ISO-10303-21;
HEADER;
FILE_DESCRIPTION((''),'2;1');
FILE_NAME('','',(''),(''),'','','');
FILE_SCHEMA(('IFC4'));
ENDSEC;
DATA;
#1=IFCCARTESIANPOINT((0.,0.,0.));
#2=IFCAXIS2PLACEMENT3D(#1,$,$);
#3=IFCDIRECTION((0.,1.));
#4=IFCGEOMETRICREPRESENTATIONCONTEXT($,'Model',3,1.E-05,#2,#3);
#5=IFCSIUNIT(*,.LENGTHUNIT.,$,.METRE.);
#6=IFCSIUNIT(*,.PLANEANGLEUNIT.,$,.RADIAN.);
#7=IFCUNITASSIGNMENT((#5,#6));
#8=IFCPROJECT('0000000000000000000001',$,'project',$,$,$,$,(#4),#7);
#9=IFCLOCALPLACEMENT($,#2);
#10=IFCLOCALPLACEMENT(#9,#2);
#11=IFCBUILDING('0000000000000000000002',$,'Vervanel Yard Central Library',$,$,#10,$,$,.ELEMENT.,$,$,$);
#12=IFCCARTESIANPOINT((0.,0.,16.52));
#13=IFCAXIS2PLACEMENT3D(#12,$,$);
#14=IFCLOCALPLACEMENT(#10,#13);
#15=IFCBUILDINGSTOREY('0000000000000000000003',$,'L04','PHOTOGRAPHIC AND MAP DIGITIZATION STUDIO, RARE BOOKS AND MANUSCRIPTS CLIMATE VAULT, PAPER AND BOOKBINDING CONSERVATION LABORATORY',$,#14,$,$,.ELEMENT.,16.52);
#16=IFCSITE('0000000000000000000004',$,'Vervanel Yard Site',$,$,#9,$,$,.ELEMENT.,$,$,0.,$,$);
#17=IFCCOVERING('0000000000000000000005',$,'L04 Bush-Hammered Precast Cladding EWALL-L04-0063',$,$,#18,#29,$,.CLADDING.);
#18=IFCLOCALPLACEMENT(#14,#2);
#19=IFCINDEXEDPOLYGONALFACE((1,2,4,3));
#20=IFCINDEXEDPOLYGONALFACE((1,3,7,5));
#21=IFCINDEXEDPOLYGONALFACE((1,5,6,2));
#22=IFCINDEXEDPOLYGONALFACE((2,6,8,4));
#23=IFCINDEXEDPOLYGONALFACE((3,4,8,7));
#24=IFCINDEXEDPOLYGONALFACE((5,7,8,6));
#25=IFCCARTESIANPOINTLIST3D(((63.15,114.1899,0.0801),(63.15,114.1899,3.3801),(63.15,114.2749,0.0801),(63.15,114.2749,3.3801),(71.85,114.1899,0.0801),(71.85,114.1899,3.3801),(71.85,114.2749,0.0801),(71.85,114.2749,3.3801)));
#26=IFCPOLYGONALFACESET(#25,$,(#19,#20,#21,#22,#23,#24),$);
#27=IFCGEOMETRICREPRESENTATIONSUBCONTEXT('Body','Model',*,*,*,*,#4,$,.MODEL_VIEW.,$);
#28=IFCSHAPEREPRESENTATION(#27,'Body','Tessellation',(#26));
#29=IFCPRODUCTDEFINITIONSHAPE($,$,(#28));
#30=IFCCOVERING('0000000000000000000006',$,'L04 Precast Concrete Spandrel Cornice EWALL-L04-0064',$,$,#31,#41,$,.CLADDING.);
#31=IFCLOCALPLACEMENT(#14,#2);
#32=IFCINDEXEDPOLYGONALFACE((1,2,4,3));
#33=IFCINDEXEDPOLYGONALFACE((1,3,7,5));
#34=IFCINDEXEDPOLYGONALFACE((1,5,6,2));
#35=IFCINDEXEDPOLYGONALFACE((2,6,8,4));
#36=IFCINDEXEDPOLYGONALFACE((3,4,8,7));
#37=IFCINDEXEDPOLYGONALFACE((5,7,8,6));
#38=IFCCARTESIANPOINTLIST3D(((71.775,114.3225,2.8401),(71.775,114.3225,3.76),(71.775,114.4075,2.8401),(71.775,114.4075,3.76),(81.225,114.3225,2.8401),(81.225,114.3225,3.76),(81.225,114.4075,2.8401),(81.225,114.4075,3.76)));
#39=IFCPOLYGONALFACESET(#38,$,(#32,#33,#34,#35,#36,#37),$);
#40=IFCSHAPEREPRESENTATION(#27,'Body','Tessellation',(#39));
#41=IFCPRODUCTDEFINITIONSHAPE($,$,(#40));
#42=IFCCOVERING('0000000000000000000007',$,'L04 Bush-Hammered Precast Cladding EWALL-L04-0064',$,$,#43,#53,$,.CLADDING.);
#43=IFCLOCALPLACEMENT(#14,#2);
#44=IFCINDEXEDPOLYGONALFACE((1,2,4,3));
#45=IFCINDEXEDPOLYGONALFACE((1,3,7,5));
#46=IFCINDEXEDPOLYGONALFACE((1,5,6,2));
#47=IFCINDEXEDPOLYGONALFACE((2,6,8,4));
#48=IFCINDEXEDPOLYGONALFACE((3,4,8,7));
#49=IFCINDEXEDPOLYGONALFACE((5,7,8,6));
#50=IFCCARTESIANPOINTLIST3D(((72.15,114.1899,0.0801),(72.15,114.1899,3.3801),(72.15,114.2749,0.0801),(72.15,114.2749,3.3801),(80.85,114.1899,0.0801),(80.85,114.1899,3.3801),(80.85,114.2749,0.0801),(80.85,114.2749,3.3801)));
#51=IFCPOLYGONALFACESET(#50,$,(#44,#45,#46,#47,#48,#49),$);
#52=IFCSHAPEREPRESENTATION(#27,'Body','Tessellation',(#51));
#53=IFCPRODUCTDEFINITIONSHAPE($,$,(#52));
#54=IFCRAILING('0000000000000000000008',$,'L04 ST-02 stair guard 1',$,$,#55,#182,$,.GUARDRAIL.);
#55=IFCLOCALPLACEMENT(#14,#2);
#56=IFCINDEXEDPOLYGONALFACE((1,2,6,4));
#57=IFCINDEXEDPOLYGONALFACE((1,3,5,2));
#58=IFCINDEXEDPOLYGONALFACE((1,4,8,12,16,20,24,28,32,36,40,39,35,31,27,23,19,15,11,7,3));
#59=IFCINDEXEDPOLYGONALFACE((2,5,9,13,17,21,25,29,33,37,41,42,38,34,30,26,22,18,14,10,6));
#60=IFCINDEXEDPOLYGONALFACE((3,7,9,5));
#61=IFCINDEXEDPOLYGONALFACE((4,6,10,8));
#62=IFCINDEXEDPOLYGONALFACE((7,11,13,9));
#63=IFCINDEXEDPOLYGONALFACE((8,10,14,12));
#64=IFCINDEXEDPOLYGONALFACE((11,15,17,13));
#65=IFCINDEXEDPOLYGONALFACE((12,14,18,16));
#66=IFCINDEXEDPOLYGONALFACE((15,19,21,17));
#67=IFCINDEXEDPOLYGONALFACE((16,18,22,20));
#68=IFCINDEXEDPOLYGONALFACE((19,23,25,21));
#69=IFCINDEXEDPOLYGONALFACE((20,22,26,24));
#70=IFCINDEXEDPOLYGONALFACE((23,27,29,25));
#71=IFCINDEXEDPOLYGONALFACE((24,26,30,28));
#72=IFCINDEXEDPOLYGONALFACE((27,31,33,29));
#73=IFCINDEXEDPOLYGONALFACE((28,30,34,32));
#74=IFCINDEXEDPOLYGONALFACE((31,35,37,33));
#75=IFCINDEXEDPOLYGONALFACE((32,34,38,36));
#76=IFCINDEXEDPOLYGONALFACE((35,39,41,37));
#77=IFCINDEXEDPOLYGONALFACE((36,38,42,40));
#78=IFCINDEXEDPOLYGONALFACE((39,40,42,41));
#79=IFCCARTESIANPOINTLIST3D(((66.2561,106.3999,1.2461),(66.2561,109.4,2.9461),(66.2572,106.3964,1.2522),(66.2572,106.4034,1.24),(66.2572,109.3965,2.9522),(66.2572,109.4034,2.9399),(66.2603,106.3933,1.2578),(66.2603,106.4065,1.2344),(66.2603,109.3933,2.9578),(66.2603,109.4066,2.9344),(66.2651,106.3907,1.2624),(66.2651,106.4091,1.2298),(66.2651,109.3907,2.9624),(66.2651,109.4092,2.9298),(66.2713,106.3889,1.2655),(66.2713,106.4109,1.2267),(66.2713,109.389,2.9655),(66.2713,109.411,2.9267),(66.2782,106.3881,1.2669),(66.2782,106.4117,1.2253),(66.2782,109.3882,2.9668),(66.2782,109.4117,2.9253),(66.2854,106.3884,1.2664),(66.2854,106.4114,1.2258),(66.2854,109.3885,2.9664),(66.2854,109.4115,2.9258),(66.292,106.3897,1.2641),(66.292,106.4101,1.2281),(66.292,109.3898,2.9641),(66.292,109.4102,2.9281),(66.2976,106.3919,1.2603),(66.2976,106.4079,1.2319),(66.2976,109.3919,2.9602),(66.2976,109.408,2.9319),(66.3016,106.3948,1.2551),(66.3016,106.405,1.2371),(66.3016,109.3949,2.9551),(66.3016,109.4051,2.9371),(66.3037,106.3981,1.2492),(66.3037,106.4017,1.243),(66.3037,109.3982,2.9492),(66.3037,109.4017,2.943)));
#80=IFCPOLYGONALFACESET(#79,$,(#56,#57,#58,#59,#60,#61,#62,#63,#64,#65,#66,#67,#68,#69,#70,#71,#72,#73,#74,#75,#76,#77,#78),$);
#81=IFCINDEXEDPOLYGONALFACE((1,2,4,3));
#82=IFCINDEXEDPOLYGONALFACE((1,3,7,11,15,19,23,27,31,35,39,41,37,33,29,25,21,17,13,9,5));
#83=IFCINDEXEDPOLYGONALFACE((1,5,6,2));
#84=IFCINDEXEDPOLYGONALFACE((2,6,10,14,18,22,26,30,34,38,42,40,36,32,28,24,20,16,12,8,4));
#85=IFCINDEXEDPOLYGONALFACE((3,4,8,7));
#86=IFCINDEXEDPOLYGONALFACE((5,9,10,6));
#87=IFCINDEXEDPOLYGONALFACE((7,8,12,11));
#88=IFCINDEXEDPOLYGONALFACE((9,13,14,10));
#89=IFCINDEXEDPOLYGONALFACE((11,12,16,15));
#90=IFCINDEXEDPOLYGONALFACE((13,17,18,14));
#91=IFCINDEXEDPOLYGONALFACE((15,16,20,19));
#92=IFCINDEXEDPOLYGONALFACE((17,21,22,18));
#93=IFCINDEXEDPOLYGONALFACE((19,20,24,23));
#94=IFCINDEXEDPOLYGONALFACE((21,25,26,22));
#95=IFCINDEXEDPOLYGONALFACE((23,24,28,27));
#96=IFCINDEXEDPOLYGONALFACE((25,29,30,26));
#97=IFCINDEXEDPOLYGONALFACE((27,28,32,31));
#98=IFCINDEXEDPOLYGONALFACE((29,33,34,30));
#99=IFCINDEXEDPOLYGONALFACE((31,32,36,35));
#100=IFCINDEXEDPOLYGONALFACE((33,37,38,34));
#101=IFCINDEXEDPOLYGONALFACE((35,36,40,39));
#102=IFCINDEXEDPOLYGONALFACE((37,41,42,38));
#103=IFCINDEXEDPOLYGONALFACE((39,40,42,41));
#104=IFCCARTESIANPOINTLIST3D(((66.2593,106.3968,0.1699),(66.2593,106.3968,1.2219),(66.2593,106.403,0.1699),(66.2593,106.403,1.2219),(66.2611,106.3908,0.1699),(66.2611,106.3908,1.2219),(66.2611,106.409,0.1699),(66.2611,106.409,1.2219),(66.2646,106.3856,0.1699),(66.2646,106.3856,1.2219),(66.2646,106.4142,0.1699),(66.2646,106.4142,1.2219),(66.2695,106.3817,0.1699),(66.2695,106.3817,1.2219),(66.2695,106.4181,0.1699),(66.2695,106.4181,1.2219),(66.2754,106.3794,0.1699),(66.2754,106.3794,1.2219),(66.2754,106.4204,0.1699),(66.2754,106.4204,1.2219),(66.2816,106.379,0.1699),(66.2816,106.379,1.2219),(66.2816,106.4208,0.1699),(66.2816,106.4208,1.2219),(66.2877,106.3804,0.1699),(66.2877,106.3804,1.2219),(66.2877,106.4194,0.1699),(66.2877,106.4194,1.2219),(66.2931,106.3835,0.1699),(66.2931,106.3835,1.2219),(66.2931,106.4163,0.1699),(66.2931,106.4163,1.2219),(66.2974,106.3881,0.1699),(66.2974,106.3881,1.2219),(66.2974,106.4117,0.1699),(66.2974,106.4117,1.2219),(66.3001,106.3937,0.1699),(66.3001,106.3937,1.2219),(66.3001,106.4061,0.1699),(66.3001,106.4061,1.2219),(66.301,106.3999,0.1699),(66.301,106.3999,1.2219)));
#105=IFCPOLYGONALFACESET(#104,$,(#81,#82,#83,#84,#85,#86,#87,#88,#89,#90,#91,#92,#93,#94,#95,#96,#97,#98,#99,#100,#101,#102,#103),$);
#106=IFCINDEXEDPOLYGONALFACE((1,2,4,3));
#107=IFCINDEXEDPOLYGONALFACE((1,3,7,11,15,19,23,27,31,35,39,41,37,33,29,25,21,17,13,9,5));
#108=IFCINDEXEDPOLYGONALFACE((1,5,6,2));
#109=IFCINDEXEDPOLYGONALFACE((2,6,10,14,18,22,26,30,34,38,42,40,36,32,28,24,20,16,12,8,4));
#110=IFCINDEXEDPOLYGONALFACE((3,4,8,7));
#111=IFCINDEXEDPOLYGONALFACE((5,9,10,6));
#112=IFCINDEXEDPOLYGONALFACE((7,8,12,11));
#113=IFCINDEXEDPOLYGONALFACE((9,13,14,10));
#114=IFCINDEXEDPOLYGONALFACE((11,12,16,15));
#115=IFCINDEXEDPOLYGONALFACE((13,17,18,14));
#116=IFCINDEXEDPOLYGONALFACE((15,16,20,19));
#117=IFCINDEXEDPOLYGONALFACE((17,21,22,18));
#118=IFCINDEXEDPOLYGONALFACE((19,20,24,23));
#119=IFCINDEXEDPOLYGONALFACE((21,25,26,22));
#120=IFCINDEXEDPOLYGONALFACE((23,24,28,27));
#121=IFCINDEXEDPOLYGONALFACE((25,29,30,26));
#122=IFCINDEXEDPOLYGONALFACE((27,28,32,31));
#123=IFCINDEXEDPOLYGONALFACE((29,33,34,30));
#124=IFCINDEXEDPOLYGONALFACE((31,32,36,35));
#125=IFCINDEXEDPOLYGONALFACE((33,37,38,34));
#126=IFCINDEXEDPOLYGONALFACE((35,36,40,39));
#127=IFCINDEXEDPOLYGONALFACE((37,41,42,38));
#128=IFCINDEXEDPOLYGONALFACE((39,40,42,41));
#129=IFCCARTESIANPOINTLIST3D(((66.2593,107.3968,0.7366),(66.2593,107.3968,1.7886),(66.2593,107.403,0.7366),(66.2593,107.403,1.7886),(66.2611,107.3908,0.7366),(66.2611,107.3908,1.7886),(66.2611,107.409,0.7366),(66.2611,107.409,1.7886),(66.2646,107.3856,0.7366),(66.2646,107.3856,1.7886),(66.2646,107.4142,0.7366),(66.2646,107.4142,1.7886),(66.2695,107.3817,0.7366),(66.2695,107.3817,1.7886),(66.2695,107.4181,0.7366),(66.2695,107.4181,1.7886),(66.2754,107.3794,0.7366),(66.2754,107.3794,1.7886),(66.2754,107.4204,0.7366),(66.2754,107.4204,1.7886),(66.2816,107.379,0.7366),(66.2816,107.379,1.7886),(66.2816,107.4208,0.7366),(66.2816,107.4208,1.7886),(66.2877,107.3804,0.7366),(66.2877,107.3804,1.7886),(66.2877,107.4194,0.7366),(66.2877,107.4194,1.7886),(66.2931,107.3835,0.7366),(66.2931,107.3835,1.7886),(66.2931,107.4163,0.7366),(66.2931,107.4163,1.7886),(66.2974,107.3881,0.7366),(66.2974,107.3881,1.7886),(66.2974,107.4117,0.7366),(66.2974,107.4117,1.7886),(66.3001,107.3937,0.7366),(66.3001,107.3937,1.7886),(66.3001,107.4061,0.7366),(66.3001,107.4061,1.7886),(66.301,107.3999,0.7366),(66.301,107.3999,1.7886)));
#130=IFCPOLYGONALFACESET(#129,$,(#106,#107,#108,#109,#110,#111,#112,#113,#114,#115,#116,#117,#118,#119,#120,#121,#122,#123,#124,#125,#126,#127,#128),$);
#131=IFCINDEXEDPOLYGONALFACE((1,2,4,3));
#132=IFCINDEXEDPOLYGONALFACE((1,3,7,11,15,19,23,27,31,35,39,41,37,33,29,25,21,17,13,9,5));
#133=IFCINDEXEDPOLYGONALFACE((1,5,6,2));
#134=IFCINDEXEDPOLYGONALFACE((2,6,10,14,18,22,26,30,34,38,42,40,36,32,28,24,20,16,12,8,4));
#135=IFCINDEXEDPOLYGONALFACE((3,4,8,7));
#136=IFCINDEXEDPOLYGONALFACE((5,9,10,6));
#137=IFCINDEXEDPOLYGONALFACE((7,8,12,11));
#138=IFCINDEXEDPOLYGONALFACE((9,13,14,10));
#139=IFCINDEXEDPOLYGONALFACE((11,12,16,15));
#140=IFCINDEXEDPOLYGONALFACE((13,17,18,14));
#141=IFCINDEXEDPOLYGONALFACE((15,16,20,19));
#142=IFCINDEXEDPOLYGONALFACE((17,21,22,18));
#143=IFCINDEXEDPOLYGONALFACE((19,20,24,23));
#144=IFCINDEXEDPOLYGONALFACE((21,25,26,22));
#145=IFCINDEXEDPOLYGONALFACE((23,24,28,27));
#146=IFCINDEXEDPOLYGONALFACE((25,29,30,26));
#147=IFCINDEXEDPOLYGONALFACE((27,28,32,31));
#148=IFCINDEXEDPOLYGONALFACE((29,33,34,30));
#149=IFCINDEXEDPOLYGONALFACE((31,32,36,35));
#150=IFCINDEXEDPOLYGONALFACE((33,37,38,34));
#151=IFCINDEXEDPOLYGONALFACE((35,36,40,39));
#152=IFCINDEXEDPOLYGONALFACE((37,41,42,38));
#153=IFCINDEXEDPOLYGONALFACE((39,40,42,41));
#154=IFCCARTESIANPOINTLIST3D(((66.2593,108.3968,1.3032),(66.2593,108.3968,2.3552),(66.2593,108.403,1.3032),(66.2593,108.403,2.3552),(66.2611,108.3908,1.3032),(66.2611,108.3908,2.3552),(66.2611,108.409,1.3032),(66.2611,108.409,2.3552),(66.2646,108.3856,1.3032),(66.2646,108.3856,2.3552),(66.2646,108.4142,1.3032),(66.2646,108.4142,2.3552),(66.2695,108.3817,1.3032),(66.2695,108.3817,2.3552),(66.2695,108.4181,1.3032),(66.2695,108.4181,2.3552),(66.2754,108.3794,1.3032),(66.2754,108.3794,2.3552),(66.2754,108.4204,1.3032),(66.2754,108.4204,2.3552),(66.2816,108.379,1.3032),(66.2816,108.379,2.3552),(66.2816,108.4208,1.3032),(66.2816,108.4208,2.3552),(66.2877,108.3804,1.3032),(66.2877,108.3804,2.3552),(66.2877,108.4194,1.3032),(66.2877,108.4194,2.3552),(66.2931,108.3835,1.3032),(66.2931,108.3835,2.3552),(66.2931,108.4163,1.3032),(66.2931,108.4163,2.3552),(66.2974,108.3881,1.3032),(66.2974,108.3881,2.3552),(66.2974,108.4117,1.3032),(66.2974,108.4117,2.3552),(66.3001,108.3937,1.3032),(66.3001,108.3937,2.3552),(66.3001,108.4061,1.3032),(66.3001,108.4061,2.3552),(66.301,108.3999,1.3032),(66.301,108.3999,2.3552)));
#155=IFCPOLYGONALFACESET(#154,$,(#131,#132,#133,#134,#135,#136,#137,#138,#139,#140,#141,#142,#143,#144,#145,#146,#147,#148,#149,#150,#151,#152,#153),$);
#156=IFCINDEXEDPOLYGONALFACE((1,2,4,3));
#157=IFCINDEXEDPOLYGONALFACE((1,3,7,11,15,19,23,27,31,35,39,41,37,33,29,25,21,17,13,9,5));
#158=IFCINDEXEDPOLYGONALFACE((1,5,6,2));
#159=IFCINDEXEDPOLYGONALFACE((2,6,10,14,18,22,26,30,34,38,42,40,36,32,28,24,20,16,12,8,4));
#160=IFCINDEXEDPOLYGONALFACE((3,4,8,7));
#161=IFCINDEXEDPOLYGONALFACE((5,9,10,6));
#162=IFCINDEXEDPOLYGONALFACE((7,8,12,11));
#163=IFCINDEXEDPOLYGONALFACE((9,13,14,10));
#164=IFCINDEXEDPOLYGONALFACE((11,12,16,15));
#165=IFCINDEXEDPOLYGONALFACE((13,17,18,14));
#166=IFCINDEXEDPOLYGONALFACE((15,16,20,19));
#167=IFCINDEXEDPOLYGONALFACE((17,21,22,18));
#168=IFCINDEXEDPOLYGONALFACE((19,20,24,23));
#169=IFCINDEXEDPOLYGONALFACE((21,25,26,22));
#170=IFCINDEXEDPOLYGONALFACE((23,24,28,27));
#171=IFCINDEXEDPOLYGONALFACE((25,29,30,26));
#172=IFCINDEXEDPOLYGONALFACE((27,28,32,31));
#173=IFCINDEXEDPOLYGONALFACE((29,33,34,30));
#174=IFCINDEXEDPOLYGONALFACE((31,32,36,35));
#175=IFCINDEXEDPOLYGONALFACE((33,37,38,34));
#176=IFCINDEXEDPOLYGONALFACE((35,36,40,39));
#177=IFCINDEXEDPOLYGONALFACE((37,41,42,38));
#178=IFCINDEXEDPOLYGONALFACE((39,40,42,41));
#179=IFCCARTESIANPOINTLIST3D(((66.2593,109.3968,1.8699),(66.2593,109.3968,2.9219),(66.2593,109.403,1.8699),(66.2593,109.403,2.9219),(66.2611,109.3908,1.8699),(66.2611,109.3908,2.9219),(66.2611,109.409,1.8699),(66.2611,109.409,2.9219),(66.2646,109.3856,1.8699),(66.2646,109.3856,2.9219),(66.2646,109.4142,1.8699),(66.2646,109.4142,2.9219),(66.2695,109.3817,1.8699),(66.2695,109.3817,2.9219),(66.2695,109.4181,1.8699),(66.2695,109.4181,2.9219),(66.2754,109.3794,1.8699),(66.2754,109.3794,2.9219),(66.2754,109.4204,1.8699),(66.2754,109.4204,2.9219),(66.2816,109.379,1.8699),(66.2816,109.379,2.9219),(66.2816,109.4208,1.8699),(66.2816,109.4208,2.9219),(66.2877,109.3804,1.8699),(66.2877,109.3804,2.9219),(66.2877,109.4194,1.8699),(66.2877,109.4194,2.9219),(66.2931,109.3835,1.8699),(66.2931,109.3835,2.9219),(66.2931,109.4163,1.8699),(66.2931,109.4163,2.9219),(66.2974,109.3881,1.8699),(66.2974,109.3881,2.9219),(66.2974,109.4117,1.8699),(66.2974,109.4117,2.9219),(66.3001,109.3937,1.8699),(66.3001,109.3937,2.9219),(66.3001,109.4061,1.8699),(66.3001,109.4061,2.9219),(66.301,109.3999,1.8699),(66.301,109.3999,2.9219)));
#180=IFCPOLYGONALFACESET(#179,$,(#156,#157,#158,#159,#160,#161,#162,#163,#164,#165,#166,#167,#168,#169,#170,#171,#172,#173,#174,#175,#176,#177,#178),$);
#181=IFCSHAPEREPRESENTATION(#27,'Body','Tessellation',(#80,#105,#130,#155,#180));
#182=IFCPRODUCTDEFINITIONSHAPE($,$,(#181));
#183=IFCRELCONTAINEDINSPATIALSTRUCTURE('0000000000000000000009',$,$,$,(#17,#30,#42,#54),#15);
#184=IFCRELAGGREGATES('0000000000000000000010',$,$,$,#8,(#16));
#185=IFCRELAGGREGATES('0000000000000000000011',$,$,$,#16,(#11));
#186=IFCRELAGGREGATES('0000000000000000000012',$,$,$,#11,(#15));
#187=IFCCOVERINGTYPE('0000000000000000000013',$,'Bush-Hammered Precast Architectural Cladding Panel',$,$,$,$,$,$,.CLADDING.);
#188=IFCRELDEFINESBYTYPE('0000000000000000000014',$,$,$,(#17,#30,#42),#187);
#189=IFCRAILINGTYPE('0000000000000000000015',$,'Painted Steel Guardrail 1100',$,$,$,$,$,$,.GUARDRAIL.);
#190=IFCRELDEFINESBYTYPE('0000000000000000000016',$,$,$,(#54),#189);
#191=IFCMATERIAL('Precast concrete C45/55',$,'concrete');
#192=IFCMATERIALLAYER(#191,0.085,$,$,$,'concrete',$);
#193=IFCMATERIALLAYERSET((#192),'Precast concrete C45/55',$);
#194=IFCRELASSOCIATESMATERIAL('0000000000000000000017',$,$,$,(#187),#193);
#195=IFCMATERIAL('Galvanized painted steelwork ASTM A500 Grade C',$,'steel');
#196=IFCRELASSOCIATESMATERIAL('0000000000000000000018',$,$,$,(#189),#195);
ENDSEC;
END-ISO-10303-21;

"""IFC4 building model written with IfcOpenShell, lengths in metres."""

from ifc_helpers import new_model, si_unit, direction, frame, origin, origin_2d, place, context, subcontext, project, spatial, rectangle, circle, extrude, material, layer, layer_set, type_object, element, save


model = new_model("IFC4")

# Units and contexts
model_context = context("Model", 3, precision=1e-05, world=origin(), true_north=direction((0.0, 1.0)))
body_context = subcontext(model_context, "Body", "Model", "MODEL_VIEW")
ifc_project = project(units=[si_unit("LENGTHUNIT", "METRE"), si_unit("PLANEANGLEUNIT", "RADIAN")], contexts=[model_context])

# Site, building, storey
site_placement = place(None, origin())
site = spatial("IfcSite", under=ifc_project, at=site_placement, Name="Vervanel Yard Site", CompositionType="ELEMENT", RefElevation=0.0)
building_placement = place(site_placement, origin())
building = spatial("IfcBuilding", under=site, at=building_placement, Name="Vervanel Yard Central Library", CompositionType="ELEMENT")
storey_placement = place(building_placement, frame((0.0, 0.0, 16.52)))
storey = spatial("IfcBuildingStorey", under=building, at=storey_placement, Name="L04", Description="PHOTOGRAPHIC AND MAP DIGITIZATION STUDIO, RARE BOOKS AND MANUSCRIPTS CLIMATE VAULT, PAPER AND BOOKBINDING CONSERVATION LABORATORY", CompositionType="ELEMENT", Elevation=16.52)

# Shared definitions
ifc_material_1 = material(Name="Galvanized painted steelwork ASTM A500 Grade C", Category="steel")

# Coverings
ifc_material_2 = material(Name="Precast concrete C45/55", Category="concrete")
ifc_layer_1 = layer(ifc_material_2, 0.085, Category="concrete")
ifc_layer_set_1 = layer_set([ifc_layer_1], Name="Precast concrete C45/55")
covering_type = type_object("IfcCoveringType", Name="Bush-Hammered Precast Architectural Cladding Panel", PredefinedType="CLADDING", material=ifc_layer_set_1)
covering_1_placement = place(storey_placement, frame((67.5, 114.2324, 0.0801), z_axis=(0.0, 0.0, 1.0), x_axis=(1.0, 0.0, 0.0)))
element("IfcCovering", 1, at=covering_1_placement, inside=storey, type_object=covering_type, Name="L04 Bush-Hammered Precast Cladding EWALL-L04-0063", PredefinedType="CLADDING", context=body_context, shape_type="SweptSolid", body=[
    extrude(rectangle(XDim=8.7, YDim=0.085, at=origin_2d()), origin(), (0.0, 0.0, 1.0), 3.3),
])
covering_2_placement = place(storey_placement, frame((76.5, 114.365, 2.8401), z_axis=(0.0, 0.0, 1.0), x_axis=(1.0, 0.0, 0.0)))
element("IfcCovering", 2, at=covering_2_placement, inside=storey, type_object=covering_type, Name="L04 Precast Concrete Spandrel Cornice EWALL-L04-0064", PredefinedType="CLADDING", context=body_context, shape_type="SweptSolid", body=[
    extrude(rectangle(XDim=9.45, YDim=0.085, at=origin_2d()), origin(), (0.0, 0.0, 1.0), 0.9199),
])
covering_3_placement = place(storey_placement, frame((76.5, 114.2324, 0.0801), z_axis=(0.0, 0.0, 1.0), x_axis=(1.0, 0.0, 0.0)))
element("IfcCovering", 3, at=covering_3_placement, inside=storey, type_object=covering_type, Name="L04 Bush-Hammered Precast Cladding EWALL-L04-0064", PredefinedType="CLADDING", context=body_context, shape_type="SweptSolid", body=[
    extrude(rectangle(XDim=8.7, YDim=0.085, at=origin_2d()), origin(), (0.0, 0.0, 1.0), 3.3),
])

# Railing
railing_type_1 = type_object("IfcRailingType", Name="Painted Steel Guardrail 1100", PredefinedType="GUARDRAIL", material=ifc_material_1)
railing_1_placement = place(storey_placement, frame((66.28, 106.3999, 0.1699)))
element("IfcRailing", 4, at=railing_1_placement, inside=storey, type_object=railing_type_1, Name="L04 ST-02 stair guard 1", PredefinedType="GUARDRAIL", context=body_context, shape_type="SweptSolid", body=[
    extrude(circle(Radius=0.0239, at=origin_2d()), frame((0.0, 0.0, 1.0762), z_axis=(0.0, 0.870028, 0.493002), x_axis=(-1.0, 0.0, 0.0)), (0.0, 0.0, 1.0), 3.4482),
    extrude(circle(Radius=0.021, at=origin_2d()), origin(), (0.0, 0.0, 1.0), 1.052),
    extrude(circle(Radius=0.021, at=origin_2d()), frame((0.0, 1.0, 0.5667)), (0.0, 0.0, 1.0), 1.052),
    extrude(circle(Radius=0.021, at=origin_2d()), frame((0.0, 2.0, 1.1333)), (0.0, 0.0, 1.0), 1.052),
    extrude(circle(Radius=0.021, at=origin_2d()), frame((0.0, 3.0, 1.7)), (0.0, 0.0, 1.0), 1.052),
])

save(model, "model.ifc")
